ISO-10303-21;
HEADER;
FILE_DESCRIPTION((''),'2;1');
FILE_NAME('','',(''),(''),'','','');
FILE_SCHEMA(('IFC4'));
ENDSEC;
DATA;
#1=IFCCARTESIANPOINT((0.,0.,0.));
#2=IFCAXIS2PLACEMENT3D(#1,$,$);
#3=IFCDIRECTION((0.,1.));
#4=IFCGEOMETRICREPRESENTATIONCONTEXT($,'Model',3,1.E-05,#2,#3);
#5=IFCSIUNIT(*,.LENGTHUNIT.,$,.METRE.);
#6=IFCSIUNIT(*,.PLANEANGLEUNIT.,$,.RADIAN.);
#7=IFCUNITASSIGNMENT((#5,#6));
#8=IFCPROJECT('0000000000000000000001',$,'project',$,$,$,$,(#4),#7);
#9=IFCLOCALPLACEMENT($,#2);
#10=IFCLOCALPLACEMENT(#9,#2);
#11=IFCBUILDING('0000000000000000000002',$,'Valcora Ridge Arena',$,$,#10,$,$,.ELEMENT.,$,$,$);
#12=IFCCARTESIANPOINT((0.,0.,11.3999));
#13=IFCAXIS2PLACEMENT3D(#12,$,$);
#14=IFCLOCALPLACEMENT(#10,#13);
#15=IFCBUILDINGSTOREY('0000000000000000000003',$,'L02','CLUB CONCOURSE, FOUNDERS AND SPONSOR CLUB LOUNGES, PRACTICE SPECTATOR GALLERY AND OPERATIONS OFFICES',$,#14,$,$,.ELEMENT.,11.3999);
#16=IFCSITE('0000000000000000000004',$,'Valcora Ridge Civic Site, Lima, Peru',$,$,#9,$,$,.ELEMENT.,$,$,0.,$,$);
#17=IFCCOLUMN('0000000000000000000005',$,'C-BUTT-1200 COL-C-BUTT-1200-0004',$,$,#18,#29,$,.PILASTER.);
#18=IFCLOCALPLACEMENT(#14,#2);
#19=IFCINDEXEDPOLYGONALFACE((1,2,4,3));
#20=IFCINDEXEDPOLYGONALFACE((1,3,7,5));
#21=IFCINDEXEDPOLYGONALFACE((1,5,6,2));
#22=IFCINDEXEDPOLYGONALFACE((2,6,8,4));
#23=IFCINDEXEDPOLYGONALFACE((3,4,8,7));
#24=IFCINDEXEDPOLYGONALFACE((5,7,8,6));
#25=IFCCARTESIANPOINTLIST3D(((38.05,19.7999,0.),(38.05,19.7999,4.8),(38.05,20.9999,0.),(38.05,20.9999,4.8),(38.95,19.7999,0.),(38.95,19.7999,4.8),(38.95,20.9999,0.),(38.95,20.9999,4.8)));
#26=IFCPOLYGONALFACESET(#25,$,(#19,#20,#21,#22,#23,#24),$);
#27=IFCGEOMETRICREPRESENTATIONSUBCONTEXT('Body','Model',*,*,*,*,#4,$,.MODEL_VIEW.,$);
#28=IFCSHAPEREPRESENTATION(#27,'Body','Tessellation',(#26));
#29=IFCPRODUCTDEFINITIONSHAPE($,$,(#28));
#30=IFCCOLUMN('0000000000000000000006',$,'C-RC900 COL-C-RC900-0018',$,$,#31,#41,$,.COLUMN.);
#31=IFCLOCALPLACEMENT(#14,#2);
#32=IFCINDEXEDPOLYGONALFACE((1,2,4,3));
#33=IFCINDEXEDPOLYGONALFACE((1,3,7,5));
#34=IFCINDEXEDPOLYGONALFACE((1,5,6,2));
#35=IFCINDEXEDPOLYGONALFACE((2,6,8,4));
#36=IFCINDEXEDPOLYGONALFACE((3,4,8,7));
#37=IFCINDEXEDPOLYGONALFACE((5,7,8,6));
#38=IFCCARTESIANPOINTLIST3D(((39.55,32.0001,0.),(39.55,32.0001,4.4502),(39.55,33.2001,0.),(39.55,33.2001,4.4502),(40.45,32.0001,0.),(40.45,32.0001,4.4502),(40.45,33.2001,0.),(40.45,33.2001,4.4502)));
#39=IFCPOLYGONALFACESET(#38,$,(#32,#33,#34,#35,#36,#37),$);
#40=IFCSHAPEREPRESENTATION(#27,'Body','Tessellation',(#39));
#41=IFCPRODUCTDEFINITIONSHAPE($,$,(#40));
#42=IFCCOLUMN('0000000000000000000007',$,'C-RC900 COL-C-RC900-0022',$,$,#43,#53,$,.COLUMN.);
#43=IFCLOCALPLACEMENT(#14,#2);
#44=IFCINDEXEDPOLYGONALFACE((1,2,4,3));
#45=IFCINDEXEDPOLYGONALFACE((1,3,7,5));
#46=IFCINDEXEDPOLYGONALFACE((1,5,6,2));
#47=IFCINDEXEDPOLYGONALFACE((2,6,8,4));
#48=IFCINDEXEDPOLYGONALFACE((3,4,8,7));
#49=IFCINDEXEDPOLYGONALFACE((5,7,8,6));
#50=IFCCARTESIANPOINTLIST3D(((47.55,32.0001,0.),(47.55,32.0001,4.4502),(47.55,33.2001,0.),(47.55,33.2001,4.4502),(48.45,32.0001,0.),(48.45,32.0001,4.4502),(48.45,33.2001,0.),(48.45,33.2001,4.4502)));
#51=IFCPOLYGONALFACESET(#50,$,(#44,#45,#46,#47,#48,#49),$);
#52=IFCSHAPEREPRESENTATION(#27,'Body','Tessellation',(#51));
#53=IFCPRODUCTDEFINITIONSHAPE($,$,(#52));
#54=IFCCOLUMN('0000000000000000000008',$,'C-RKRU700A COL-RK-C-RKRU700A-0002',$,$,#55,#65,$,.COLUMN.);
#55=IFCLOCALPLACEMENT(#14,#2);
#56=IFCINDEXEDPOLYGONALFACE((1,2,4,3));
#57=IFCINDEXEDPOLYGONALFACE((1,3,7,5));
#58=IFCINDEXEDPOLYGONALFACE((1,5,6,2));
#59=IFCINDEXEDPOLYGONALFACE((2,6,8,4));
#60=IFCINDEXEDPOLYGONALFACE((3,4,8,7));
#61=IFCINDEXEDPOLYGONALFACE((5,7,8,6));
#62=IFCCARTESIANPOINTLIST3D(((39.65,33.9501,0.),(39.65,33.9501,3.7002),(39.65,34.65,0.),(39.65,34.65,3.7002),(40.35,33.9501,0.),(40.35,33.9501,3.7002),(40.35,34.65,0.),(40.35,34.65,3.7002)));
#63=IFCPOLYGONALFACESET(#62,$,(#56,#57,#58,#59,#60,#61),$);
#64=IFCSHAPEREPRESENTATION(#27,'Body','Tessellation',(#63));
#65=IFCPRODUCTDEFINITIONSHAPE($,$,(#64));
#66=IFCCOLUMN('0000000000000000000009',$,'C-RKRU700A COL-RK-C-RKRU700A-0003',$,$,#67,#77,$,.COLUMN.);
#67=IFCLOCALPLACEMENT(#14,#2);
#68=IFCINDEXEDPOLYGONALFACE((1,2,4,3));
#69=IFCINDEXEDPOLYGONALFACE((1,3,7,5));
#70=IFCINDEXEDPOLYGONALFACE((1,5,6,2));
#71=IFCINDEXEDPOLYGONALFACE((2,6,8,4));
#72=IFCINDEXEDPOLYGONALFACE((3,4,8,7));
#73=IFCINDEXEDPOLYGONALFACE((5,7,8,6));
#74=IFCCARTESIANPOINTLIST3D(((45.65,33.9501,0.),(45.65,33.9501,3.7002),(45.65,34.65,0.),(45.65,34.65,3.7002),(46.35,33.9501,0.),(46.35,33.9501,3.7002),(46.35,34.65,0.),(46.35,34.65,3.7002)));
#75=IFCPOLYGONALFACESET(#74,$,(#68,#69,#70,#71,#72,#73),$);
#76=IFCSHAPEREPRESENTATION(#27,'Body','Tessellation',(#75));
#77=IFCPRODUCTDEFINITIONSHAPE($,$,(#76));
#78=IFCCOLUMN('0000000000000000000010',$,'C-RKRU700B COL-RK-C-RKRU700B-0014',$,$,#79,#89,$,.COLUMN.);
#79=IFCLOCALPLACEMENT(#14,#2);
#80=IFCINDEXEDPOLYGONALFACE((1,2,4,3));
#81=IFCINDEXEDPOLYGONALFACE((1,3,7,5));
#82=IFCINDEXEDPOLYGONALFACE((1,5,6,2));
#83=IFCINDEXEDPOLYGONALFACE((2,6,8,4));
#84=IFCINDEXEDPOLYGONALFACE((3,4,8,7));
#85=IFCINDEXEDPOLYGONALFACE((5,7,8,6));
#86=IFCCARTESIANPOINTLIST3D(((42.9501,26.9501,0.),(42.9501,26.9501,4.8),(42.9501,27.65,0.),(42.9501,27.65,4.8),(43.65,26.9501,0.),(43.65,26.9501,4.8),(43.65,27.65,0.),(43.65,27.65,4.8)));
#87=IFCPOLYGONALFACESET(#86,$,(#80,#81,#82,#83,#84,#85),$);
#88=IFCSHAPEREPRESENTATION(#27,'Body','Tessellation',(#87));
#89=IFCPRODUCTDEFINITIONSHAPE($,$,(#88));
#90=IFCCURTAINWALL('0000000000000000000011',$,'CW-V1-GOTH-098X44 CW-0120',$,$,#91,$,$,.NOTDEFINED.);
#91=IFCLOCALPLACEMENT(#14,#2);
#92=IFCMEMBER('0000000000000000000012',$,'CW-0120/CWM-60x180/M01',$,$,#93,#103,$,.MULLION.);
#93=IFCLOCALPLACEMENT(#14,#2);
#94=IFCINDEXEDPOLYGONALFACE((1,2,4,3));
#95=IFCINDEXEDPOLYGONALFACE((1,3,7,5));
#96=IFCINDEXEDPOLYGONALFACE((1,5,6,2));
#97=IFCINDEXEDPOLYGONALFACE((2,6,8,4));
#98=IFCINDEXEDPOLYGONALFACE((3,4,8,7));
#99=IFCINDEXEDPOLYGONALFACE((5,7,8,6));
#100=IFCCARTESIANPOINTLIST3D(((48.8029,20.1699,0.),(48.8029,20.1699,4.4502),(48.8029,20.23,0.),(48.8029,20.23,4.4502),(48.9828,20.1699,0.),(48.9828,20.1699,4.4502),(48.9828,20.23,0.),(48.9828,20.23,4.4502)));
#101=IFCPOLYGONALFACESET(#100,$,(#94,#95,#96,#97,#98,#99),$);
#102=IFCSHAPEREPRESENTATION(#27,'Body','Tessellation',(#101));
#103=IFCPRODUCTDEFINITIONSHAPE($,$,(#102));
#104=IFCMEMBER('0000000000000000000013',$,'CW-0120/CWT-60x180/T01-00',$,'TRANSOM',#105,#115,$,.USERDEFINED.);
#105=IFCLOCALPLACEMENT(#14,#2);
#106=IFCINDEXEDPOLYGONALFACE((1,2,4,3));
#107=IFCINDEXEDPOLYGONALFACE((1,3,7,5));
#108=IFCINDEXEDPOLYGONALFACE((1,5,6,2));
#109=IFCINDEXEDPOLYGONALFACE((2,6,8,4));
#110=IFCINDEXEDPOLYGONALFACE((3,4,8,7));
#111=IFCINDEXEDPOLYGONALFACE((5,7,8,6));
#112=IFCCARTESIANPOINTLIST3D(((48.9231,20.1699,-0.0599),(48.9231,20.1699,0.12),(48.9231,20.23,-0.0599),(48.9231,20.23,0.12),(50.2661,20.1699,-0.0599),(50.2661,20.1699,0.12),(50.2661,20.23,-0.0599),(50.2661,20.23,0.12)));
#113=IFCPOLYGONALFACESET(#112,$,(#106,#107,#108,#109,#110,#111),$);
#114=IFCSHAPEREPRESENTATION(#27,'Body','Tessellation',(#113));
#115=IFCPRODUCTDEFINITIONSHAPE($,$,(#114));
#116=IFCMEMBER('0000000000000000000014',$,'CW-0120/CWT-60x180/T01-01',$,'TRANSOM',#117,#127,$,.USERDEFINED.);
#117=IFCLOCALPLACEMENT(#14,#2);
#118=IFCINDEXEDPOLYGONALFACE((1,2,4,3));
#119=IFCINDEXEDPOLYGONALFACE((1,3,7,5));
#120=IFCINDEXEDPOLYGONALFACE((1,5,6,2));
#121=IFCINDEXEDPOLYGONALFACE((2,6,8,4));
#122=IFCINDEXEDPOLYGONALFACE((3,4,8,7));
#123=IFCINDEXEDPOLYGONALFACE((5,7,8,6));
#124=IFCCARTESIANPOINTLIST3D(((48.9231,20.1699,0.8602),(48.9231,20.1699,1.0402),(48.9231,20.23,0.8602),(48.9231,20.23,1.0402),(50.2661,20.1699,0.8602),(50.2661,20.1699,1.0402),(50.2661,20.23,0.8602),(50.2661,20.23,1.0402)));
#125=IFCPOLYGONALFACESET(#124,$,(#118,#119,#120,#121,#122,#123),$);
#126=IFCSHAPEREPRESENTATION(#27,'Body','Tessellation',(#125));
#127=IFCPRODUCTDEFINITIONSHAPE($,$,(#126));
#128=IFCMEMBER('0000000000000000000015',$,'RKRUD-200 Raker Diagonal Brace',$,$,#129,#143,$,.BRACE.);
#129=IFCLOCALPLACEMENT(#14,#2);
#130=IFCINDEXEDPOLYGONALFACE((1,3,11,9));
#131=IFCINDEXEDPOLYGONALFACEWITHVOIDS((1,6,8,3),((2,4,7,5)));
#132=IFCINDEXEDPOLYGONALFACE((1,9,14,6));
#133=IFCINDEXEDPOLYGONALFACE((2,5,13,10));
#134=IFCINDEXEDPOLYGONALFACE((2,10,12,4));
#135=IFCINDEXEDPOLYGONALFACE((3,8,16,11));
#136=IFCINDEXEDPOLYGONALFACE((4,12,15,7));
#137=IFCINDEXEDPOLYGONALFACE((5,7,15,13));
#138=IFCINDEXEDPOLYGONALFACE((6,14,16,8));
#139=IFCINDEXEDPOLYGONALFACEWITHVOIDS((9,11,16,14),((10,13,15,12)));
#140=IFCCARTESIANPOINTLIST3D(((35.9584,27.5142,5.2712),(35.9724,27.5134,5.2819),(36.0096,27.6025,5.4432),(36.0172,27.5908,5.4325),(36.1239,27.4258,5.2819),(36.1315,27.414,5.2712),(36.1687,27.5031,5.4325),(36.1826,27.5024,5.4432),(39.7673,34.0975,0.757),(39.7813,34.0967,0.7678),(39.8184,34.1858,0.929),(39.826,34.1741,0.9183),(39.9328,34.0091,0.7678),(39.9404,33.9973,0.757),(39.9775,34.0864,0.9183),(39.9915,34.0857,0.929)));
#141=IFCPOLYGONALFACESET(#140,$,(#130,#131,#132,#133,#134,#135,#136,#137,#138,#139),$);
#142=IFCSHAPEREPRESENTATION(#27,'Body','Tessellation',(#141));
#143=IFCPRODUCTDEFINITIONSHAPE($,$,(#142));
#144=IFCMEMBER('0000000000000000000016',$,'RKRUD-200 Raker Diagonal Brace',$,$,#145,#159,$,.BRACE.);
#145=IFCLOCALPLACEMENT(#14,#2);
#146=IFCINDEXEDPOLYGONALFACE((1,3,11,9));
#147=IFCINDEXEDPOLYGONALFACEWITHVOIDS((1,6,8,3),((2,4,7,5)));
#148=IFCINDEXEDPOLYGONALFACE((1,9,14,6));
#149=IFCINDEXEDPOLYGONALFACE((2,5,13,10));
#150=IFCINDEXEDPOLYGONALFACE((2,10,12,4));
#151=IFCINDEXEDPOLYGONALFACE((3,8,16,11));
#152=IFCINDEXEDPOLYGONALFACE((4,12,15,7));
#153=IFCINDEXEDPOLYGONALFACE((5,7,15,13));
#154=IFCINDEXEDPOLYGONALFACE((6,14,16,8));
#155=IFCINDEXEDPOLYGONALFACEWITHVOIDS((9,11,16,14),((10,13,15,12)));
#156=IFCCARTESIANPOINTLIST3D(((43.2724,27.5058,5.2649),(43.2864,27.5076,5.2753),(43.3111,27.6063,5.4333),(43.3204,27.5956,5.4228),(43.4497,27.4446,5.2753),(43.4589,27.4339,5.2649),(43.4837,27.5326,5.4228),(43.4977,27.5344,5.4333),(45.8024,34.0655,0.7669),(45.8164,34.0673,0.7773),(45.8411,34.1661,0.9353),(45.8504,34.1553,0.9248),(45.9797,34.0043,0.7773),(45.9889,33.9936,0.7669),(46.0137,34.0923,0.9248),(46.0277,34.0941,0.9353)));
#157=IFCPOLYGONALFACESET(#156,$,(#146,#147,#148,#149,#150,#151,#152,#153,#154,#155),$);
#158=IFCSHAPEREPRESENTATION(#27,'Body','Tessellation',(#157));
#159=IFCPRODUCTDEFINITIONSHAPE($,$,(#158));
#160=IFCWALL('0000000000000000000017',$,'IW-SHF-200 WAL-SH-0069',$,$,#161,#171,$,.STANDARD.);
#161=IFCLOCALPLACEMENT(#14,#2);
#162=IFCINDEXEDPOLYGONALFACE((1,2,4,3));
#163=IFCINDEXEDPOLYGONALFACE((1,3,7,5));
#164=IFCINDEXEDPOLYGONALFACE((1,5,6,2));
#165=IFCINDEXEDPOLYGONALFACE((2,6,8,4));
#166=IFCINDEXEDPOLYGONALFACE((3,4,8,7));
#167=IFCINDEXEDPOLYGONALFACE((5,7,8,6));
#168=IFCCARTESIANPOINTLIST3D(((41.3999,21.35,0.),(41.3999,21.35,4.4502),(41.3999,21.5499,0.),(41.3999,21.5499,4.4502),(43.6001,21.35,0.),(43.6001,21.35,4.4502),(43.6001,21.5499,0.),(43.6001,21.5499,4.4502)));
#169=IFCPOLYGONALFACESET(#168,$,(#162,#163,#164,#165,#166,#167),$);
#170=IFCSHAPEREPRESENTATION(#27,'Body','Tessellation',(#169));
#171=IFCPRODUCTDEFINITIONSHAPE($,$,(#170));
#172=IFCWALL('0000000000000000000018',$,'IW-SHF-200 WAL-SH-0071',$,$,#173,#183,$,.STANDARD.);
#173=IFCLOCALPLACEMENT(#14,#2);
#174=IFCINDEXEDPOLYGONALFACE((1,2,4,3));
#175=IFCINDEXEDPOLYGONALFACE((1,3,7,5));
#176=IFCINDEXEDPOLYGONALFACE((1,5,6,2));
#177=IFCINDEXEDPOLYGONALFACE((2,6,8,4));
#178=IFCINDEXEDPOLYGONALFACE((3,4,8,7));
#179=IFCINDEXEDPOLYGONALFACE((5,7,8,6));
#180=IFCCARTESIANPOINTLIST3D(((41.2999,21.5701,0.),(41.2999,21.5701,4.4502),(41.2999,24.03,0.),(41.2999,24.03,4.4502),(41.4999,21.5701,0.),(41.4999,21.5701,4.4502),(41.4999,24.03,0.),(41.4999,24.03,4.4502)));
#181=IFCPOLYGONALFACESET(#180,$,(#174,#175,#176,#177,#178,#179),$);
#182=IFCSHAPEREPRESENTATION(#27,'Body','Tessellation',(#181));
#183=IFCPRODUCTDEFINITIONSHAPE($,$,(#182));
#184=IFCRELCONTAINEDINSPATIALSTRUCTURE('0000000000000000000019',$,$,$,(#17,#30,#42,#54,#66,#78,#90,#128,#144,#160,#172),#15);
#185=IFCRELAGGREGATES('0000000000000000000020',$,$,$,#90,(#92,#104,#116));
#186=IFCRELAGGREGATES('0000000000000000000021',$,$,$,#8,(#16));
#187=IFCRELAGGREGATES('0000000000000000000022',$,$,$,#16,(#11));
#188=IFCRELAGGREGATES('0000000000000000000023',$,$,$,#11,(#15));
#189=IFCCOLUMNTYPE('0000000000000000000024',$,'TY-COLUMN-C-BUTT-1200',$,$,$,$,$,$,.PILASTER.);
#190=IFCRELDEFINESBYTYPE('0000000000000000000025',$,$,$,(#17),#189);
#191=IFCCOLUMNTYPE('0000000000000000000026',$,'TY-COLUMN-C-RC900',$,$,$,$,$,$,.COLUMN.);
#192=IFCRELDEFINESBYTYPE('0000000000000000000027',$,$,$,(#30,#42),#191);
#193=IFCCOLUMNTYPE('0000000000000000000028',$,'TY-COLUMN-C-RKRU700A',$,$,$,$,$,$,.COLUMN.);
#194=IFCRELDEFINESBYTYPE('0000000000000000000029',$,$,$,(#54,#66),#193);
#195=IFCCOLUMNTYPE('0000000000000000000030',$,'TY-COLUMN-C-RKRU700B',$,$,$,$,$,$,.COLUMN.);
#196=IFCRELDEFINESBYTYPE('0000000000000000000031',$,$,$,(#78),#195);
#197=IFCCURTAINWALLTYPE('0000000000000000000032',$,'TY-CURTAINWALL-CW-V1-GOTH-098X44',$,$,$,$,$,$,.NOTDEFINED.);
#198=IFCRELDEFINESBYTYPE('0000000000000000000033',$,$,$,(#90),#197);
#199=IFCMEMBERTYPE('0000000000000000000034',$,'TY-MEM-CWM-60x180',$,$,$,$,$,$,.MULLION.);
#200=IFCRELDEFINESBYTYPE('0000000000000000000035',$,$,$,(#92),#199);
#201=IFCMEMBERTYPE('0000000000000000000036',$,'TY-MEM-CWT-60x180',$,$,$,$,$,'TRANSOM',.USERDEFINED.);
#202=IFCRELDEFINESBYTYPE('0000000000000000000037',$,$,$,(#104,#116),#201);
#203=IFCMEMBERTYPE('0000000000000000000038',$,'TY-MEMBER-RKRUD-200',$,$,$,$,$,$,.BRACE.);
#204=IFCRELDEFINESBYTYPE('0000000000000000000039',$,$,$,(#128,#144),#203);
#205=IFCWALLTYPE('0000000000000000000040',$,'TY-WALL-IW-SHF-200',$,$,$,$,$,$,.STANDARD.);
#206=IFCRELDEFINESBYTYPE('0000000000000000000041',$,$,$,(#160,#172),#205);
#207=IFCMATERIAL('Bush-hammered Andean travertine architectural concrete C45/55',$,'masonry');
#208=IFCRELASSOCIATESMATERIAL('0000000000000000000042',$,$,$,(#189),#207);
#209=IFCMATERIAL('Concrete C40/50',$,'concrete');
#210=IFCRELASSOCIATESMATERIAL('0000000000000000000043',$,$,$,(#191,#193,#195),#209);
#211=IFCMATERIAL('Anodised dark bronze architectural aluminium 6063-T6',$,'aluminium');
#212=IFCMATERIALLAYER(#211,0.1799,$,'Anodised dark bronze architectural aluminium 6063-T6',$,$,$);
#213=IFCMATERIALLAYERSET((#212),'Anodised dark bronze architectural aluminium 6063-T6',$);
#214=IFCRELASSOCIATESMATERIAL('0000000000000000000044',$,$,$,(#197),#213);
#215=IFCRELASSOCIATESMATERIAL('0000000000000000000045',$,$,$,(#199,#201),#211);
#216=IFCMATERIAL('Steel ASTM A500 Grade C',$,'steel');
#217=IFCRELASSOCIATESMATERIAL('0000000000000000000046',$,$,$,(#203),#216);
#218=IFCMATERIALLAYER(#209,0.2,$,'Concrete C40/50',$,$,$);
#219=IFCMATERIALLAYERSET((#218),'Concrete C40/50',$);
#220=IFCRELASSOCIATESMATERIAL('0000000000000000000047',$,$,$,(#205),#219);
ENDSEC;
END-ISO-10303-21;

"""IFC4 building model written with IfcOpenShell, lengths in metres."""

from ifc_helpers import new_model, si_unit, direction, frame, frame_2d, origin, origin_2d, place, context, subcontext, project, spatial, rectangle, hollow_rectangle, extrude, material, layer, layer_set, material_profile, profile_set, type_object, element, aggregate, save


model = new_model("IFC4")

# Units and contexts
model_context = context("Model", 3, precision=1e-05, world=origin(), true_north=direction((0.0, 1.0)))
body_context = subcontext(model_context, "Body", "Model", "MODEL_VIEW")
ifc_project = project(units=[si_unit("LENGTHUNIT", "METRE"), si_unit("PLANEANGLEUNIT", "RADIAN")], contexts=[model_context])

# Site, building, storey
site_placement = place(None, origin())
site = spatial("IfcSite", under=ifc_project, at=site_placement, Name="Valcora Ridge Civic Site, Lima, Peru", CompositionType="ELEMENT", RefElevation=0.0)
building_placement = place(site_placement, origin())
building = spatial("IfcBuilding", under=site, at=building_placement, Name="Valcora Ridge Arena", CompositionType="ELEMENT")
storey_placement = place(building_placement, frame((0.0, 0.0, 11.3999)))
storey = spatial("IfcBuildingStorey", under=building, at=storey_placement, Name="L02", Description="CLUB CONCOURSE, FOUNDERS AND SPONSOR CLUB LOUNGES, PRACTICE SPECTATOR GALLERY AND OPERATIONS OFFICES", CompositionType="ELEMENT", Elevation=11.3999)

# Columns
ifc_material_1 = material(Name="Bush-hammered Andean travertine architectural concrete C45/55", Category="masonry")
ifc_material_profile_1 = material_profile(ifc_material_1, rectangle(XDim=0.8999, YDim=1.2, at=origin_2d()), Name="RC 900x1200")
ifc_profile_set_1 = profile_set([ifc_material_profile_1], Name="Bush-hammered Andean travertine architectural concrete C45/55")
column_type_1 = type_object("IfcColumnType", Name="TY-COLUMN-C-BUTT-1200", PredefinedType="PILASTER", material=ifc_profile_set_1)
column_1_placement = place(storey_placement, frame((38.5, 20.3999, 0.0), z_axis=(0.0, 0.0, 1.0), x_axis=(1.0, 0.0, 0.0)))
element("IfcColumn", 1, at=column_1_placement, inside=storey, type_object=column_type_1, Name="C-BUTT-1200 COL-C-BUTT-1200-0004", PredefinedType="PILASTER", context=body_context, shape_type="SweptSolid", body=[
    extrude(rectangle(XDim=0.8999, YDim=1.2, at=origin_2d()), origin(), (0.0, 0.0, 1.0), 4.8),
])
ifc_material_2 = material(Name="Concrete C40/50", Category="concrete")
ifc_material_profile_2 = material_profile(ifc_material_2, rectangle(XDim=0.8999, YDim=1.2, at=origin_2d()), Name="RC 900x1200")
ifc_profile_set_2 = profile_set([ifc_material_profile_2], Name="Concrete C40/50")
column_type_2 = type_object("IfcColumnType", Name="TY-COLUMN-C-RC900", PredefinedType="COLUMN", material=ifc_profile_set_2)
for number, where, z_axis, x_axis, name in (
    (2, (40.0, 32.6001, 0.0), (0.0, 0.0, 1.0), (1.0, 0.0, 0.0), "C-RC900 COL-C-RC900-0018"),
    (3, (48.0, 32.6001, 0.0), (0.0, 0.0, 1.0), (1.0, 0.0, 0.0), "C-RC900 COL-C-RC900-0022"),
):
    element("IfcColumn", number, at=place(storey_placement, frame(where, z_axis=z_axis, x_axis=x_axis)), inside=storey, type_object=column_type_2, Name=name, PredefinedType="COLUMN", context=body_context, shape_type="SweptSolid", body=[
        extrude(rectangle(XDim=0.8999, YDim=1.2, at=origin_2d()), origin(), (0.0, 0.0, 1.0), 4.4502),
    ])
ifc_material_profile_3 = material_profile(ifc_material_2, rectangle(XDim=0.7, YDim=0.7, at=origin_2d()), Name="RC 700x700")
ifc_profile_set_3 = profile_set([ifc_material_profile_3], Name="Concrete C40/50")
column_type_3 = type_object("IfcColumnType", Name="TY-COLUMN-C-RKRU700A", PredefinedType="COLUMN", material=ifc_profile_set_3)
for number, where, z_axis, x_axis, name in (
    (4, (40.0, 34.3, 0.0), (0.0, 0.0, 1.0), (1.0, 0.0, 0.0), "C-RKRU700A COL-RK-C-RKRU700A-0002"),
    (5, (46.0, 34.3, 0.0), (0.0, 0.0, 1.0), (1.0, 0.0, 0.0), "C-RKRU700A COL-RK-C-RKRU700A-0003"),
):
    element("IfcColumn", number, at=place(storey_placement, frame(where, z_axis=z_axis, x_axis=x_axis)), inside=storey, type_object=column_type_3, Name=name, PredefinedType="COLUMN", context=body_context, shape_type="SweptSolid", body=[
        extrude(rectangle(XDim=0.7, YDim=0.7, at=origin_2d()), origin(), (0.0, 0.0, 1.0), 3.7002),
    ])
ifc_material_profile_4 = material_profile(ifc_material_2, rectangle(XDim=0.7, YDim=0.7, at=origin_2d()), Name="RC 700x700")
ifc_profile_set_4 = profile_set([ifc_material_profile_4], Name="Concrete C40/50")
column_type_4 = type_object("IfcColumnType", Name="TY-COLUMN-C-RKRU700B", PredefinedType="COLUMN", material=ifc_profile_set_4)
column_2_placement = place(storey_placement, frame((43.3, 27.3, 0.0), z_axis=(0.0, 0.0, 1.0), x_axis=(1.0, 0.0, 0.0)))
element("IfcColumn", 6, at=column_2_placement, inside=storey, type_object=column_type_4, Name="C-RKRU700B COL-RK-C-RKRU700B-0014", PredefinedType="COLUMN", context=body_context, shape_type="SweptSolid", body=[
    extrude(rectangle(XDim=0.7, YDim=0.7, at=origin_2d()), origin(), (0.0, 0.0, 1.0), 4.8),
])

# Curtain wall, members
ifc_material_3 = material(Name="Anodised dark bronze architectural aluminium 6063-T6", Category="aluminium")
ifc_layer_1 = layer(ifc_material_3, 0.1799, Name="Anodised dark bronze architectural aluminium 6063-T6")
ifc_layer_set_1 = layer_set([ifc_layer_1], Name="Anodised dark bronze architectural aluminium 6063-T6")
curtain_wall_type = type_object("IfcCurtainWallType", Name="TY-CURTAINWALL-CW-V1-GOTH-098X44", PredefinedType="NOTDEFINED", material=ifc_layer_set_1)
curtain_wall_placement = place(storey_placement, origin())
curtain_wall = element("IfcCurtainWall", 7, at=curtain_wall_placement, inside=storey, type_object=curtain_wall_type, Name="CW-V1-GOTH-098X44 CW-0120", PredefinedType="NOTDEFINED")
ifc_material_profile_5 = material_profile(ifc_material_3, rectangle(XDim=0.0601, YDim=0.1799, at=origin_2d()), Name="ALU MULLION 60x180")
ifc_profile_set_5 = profile_set([ifc_material_profile_5], Name="Anodised dark bronze architectural aluminium 6063-T6")
member_type_1 = type_object("IfcMemberType", Name="TY-MEM-CWM-60x180", PredefinedType="MULLION", material=ifc_profile_set_5)
member_1_placement = place(storey_placement, frame((48.8928, 20.2, 0.0), z_axis=(0.0, 0.0, 1.0), x_axis=(0.0, 1.0, 0.0)))
member_1 = element("IfcMember", 8, at=member_1_placement, type_object=member_type_1, Name="CW-0120/CWM-60x180/M01", PredefinedType="MULLION", context=body_context, shape_type="SweptSolid", body=[
    extrude(rectangle(XDim=0.0601, YDim=0.1799, at=origin_2d()), origin(), (0.0, 0.0, 1.0), 4.4502),
])
ifc_material_profile_6 = material_profile(ifc_material_3, rectangle(XDim=0.0601, YDim=0.1799, at=origin_2d()), Name="ALU TRANSOM 60x180")
ifc_profile_set_6 = profile_set([ifc_material_profile_6], Name="Anodised dark bronze architectural aluminium 6063-T6")
member_type_2 = type_object("IfcMemberType", Name="TY-MEM-CWT-60x180", ElementType="TRANSOM", PredefinedType="USERDEFINED", material=ifc_profile_set_6)
member_2_placement = place(storey_placement, frame((48.9231, 20.2, 0.03), z_axis=(1.0, 0.0, 0.0), x_axis=(0.0, 1.0, 0.0)))
member_2 = element("IfcMember", 9, at=member_2_placement, type_object=member_type_2, Name="CW-0120/CWT-60x180/T01-00", ObjectType="TRANSOM", PredefinedType="USERDEFINED", context=body_context, shape_type="SweptSolid", body=[
    extrude(rectangle(XDim=0.0601, YDim=0.1799, at=origin_2d()), origin(), (0.0, 0.0, 1.0), 1.343),
])
member_3_placement = place(storey_placement, frame((48.9231, 20.2, 0.9502), z_axis=(1.0, 0.0, 0.0), x_axis=(0.0, 1.0, 0.0)))
member_3 = element("IfcMember", 10, at=member_3_placement, type_object=member_type_2, Name="CW-0120/CWT-60x180/T01-01", ObjectType="TRANSOM", PredefinedType="USERDEFINED", context=body_context, shape_type="SweptSolid", body=[
    extrude(rectangle(XDim=0.0601, YDim=0.1799, at=origin_2d()), origin(), (0.0, 0.0, 1.0), 1.343),
])
aggregate(curtain_wall, [member_1, member_2, member_3])

# Members
ifc_material_4 = material(Name="Steel ASTM A500 Grade C", Category="steel")
ifc_material_profile_7 = material_profile(ifc_material_4, hollow_rectangle(XDim=0.2, YDim=0.2, WallThickness=0.0125, at=origin_2d()), Name="HSS200X200X12")
ifc_profile_set_7 = profile_set([ifc_material_profile_7], Name="Steel ASTM A500 Grade C")
member_type_3 = type_object("IfcMemberType", Name="TY-MEMBER-RKRUD-200", PredefinedType="BRACE", material=ifc_profile_set_7)
member_4_placement = place(storey_placement, frame((39.8794, 34.0916, 0.843), z_axis=(-0.430648, -0.744338, 0.510395), x_axis=(0.86557, -0.500788, 0.0)))
element("IfcMember", 11, at=member_4_placement, inside=storey, type_object=member_type_3, Name="RKRUD-200 Raker Diagonal Brace", PredefinedType="BRACE", context=body_context, shape_type="SweptSolid", body=[
    extrude(hollow_rectangle(XDim=0.2, YDim=0.2, WallThickness=0.0125, at=origin_2d()), origin(), (0.0, 0.0, 1.0), 8.8445),
])
member_5_placement = place(storey_placement, frame((45.915, 34.0798, 0.8511), z_axis=(-0.303123, -0.785933, 0.538912), x_axis=(0.93301, -0.359849, 0.0)))
element("IfcMember", 12, at=member_5_placement, inside=storey, type_object=member_type_3, Name="RKRUD-200 Raker Diagonal Brace", PredefinedType="BRACE", context=body_context, shape_type="SweptSolid", body=[
    extrude(hollow_rectangle(XDim=0.2, YDim=0.2, WallThickness=0.0125, at=origin_2d()), origin(), (0.0, 0.0, 1.0), 8.3464),
])

# Wall
ifc_layer_2 = layer(ifc_material_2, 0.2, Name="Concrete C40/50")
ifc_layer_set_2 = layer_set([ifc_layer_2], Name="Concrete C40/50")
wall_type_1 = type_object("IfcWallType", Name="TY-WALL-IW-SHF-200", PredefinedType="STANDARD", material=ifc_layer_set_2)
wall_1_placement = place(storey_placement, frame((41.3999, 21.45, 0.0), z_axis=(0.0, 0.0, 1.0), x_axis=(1.0, 0.0, 0.0)))
element("IfcWall", 13, at=wall_1_placement, inside=storey, type_object=wall_type_1, Name="IW-SHF-200 WAL-SH-0069", PredefinedType="STANDARD", context=body_context, shape_type="SweptSolid", body=[
    extrude(rectangle(XDim=2.2002, YDim=0.2, at=frame_2d((1.1001, 0.0))), origin(), (0.0, 0.0, 1.0), 4.4502),
])

# Wall
for number, where, z_axis, x_axis, name in (
    (14, (41.3999, 21.5701, 0.0), (0.0, 0.0, 1.0), (0.0, 1.0, 0.0), "IW-SHF-200 WAL-SH-0071"),
):
    element("IfcWall", number, at=place(storey_placement, frame(where, z_axis=z_axis, x_axis=x_axis)), inside=storey, type_object=wall_type_1, Name=name, PredefinedType="STANDARD", context=body_context, shape_type="SweptSolid", body=[
        extrude(rectangle(XDim=2.46, YDim=0.2, at=frame_2d((1.23, 0.0))), origin(), (0.0, 0.0, 1.0), 4.4502),
    ])

save(model, "model.ifc")
